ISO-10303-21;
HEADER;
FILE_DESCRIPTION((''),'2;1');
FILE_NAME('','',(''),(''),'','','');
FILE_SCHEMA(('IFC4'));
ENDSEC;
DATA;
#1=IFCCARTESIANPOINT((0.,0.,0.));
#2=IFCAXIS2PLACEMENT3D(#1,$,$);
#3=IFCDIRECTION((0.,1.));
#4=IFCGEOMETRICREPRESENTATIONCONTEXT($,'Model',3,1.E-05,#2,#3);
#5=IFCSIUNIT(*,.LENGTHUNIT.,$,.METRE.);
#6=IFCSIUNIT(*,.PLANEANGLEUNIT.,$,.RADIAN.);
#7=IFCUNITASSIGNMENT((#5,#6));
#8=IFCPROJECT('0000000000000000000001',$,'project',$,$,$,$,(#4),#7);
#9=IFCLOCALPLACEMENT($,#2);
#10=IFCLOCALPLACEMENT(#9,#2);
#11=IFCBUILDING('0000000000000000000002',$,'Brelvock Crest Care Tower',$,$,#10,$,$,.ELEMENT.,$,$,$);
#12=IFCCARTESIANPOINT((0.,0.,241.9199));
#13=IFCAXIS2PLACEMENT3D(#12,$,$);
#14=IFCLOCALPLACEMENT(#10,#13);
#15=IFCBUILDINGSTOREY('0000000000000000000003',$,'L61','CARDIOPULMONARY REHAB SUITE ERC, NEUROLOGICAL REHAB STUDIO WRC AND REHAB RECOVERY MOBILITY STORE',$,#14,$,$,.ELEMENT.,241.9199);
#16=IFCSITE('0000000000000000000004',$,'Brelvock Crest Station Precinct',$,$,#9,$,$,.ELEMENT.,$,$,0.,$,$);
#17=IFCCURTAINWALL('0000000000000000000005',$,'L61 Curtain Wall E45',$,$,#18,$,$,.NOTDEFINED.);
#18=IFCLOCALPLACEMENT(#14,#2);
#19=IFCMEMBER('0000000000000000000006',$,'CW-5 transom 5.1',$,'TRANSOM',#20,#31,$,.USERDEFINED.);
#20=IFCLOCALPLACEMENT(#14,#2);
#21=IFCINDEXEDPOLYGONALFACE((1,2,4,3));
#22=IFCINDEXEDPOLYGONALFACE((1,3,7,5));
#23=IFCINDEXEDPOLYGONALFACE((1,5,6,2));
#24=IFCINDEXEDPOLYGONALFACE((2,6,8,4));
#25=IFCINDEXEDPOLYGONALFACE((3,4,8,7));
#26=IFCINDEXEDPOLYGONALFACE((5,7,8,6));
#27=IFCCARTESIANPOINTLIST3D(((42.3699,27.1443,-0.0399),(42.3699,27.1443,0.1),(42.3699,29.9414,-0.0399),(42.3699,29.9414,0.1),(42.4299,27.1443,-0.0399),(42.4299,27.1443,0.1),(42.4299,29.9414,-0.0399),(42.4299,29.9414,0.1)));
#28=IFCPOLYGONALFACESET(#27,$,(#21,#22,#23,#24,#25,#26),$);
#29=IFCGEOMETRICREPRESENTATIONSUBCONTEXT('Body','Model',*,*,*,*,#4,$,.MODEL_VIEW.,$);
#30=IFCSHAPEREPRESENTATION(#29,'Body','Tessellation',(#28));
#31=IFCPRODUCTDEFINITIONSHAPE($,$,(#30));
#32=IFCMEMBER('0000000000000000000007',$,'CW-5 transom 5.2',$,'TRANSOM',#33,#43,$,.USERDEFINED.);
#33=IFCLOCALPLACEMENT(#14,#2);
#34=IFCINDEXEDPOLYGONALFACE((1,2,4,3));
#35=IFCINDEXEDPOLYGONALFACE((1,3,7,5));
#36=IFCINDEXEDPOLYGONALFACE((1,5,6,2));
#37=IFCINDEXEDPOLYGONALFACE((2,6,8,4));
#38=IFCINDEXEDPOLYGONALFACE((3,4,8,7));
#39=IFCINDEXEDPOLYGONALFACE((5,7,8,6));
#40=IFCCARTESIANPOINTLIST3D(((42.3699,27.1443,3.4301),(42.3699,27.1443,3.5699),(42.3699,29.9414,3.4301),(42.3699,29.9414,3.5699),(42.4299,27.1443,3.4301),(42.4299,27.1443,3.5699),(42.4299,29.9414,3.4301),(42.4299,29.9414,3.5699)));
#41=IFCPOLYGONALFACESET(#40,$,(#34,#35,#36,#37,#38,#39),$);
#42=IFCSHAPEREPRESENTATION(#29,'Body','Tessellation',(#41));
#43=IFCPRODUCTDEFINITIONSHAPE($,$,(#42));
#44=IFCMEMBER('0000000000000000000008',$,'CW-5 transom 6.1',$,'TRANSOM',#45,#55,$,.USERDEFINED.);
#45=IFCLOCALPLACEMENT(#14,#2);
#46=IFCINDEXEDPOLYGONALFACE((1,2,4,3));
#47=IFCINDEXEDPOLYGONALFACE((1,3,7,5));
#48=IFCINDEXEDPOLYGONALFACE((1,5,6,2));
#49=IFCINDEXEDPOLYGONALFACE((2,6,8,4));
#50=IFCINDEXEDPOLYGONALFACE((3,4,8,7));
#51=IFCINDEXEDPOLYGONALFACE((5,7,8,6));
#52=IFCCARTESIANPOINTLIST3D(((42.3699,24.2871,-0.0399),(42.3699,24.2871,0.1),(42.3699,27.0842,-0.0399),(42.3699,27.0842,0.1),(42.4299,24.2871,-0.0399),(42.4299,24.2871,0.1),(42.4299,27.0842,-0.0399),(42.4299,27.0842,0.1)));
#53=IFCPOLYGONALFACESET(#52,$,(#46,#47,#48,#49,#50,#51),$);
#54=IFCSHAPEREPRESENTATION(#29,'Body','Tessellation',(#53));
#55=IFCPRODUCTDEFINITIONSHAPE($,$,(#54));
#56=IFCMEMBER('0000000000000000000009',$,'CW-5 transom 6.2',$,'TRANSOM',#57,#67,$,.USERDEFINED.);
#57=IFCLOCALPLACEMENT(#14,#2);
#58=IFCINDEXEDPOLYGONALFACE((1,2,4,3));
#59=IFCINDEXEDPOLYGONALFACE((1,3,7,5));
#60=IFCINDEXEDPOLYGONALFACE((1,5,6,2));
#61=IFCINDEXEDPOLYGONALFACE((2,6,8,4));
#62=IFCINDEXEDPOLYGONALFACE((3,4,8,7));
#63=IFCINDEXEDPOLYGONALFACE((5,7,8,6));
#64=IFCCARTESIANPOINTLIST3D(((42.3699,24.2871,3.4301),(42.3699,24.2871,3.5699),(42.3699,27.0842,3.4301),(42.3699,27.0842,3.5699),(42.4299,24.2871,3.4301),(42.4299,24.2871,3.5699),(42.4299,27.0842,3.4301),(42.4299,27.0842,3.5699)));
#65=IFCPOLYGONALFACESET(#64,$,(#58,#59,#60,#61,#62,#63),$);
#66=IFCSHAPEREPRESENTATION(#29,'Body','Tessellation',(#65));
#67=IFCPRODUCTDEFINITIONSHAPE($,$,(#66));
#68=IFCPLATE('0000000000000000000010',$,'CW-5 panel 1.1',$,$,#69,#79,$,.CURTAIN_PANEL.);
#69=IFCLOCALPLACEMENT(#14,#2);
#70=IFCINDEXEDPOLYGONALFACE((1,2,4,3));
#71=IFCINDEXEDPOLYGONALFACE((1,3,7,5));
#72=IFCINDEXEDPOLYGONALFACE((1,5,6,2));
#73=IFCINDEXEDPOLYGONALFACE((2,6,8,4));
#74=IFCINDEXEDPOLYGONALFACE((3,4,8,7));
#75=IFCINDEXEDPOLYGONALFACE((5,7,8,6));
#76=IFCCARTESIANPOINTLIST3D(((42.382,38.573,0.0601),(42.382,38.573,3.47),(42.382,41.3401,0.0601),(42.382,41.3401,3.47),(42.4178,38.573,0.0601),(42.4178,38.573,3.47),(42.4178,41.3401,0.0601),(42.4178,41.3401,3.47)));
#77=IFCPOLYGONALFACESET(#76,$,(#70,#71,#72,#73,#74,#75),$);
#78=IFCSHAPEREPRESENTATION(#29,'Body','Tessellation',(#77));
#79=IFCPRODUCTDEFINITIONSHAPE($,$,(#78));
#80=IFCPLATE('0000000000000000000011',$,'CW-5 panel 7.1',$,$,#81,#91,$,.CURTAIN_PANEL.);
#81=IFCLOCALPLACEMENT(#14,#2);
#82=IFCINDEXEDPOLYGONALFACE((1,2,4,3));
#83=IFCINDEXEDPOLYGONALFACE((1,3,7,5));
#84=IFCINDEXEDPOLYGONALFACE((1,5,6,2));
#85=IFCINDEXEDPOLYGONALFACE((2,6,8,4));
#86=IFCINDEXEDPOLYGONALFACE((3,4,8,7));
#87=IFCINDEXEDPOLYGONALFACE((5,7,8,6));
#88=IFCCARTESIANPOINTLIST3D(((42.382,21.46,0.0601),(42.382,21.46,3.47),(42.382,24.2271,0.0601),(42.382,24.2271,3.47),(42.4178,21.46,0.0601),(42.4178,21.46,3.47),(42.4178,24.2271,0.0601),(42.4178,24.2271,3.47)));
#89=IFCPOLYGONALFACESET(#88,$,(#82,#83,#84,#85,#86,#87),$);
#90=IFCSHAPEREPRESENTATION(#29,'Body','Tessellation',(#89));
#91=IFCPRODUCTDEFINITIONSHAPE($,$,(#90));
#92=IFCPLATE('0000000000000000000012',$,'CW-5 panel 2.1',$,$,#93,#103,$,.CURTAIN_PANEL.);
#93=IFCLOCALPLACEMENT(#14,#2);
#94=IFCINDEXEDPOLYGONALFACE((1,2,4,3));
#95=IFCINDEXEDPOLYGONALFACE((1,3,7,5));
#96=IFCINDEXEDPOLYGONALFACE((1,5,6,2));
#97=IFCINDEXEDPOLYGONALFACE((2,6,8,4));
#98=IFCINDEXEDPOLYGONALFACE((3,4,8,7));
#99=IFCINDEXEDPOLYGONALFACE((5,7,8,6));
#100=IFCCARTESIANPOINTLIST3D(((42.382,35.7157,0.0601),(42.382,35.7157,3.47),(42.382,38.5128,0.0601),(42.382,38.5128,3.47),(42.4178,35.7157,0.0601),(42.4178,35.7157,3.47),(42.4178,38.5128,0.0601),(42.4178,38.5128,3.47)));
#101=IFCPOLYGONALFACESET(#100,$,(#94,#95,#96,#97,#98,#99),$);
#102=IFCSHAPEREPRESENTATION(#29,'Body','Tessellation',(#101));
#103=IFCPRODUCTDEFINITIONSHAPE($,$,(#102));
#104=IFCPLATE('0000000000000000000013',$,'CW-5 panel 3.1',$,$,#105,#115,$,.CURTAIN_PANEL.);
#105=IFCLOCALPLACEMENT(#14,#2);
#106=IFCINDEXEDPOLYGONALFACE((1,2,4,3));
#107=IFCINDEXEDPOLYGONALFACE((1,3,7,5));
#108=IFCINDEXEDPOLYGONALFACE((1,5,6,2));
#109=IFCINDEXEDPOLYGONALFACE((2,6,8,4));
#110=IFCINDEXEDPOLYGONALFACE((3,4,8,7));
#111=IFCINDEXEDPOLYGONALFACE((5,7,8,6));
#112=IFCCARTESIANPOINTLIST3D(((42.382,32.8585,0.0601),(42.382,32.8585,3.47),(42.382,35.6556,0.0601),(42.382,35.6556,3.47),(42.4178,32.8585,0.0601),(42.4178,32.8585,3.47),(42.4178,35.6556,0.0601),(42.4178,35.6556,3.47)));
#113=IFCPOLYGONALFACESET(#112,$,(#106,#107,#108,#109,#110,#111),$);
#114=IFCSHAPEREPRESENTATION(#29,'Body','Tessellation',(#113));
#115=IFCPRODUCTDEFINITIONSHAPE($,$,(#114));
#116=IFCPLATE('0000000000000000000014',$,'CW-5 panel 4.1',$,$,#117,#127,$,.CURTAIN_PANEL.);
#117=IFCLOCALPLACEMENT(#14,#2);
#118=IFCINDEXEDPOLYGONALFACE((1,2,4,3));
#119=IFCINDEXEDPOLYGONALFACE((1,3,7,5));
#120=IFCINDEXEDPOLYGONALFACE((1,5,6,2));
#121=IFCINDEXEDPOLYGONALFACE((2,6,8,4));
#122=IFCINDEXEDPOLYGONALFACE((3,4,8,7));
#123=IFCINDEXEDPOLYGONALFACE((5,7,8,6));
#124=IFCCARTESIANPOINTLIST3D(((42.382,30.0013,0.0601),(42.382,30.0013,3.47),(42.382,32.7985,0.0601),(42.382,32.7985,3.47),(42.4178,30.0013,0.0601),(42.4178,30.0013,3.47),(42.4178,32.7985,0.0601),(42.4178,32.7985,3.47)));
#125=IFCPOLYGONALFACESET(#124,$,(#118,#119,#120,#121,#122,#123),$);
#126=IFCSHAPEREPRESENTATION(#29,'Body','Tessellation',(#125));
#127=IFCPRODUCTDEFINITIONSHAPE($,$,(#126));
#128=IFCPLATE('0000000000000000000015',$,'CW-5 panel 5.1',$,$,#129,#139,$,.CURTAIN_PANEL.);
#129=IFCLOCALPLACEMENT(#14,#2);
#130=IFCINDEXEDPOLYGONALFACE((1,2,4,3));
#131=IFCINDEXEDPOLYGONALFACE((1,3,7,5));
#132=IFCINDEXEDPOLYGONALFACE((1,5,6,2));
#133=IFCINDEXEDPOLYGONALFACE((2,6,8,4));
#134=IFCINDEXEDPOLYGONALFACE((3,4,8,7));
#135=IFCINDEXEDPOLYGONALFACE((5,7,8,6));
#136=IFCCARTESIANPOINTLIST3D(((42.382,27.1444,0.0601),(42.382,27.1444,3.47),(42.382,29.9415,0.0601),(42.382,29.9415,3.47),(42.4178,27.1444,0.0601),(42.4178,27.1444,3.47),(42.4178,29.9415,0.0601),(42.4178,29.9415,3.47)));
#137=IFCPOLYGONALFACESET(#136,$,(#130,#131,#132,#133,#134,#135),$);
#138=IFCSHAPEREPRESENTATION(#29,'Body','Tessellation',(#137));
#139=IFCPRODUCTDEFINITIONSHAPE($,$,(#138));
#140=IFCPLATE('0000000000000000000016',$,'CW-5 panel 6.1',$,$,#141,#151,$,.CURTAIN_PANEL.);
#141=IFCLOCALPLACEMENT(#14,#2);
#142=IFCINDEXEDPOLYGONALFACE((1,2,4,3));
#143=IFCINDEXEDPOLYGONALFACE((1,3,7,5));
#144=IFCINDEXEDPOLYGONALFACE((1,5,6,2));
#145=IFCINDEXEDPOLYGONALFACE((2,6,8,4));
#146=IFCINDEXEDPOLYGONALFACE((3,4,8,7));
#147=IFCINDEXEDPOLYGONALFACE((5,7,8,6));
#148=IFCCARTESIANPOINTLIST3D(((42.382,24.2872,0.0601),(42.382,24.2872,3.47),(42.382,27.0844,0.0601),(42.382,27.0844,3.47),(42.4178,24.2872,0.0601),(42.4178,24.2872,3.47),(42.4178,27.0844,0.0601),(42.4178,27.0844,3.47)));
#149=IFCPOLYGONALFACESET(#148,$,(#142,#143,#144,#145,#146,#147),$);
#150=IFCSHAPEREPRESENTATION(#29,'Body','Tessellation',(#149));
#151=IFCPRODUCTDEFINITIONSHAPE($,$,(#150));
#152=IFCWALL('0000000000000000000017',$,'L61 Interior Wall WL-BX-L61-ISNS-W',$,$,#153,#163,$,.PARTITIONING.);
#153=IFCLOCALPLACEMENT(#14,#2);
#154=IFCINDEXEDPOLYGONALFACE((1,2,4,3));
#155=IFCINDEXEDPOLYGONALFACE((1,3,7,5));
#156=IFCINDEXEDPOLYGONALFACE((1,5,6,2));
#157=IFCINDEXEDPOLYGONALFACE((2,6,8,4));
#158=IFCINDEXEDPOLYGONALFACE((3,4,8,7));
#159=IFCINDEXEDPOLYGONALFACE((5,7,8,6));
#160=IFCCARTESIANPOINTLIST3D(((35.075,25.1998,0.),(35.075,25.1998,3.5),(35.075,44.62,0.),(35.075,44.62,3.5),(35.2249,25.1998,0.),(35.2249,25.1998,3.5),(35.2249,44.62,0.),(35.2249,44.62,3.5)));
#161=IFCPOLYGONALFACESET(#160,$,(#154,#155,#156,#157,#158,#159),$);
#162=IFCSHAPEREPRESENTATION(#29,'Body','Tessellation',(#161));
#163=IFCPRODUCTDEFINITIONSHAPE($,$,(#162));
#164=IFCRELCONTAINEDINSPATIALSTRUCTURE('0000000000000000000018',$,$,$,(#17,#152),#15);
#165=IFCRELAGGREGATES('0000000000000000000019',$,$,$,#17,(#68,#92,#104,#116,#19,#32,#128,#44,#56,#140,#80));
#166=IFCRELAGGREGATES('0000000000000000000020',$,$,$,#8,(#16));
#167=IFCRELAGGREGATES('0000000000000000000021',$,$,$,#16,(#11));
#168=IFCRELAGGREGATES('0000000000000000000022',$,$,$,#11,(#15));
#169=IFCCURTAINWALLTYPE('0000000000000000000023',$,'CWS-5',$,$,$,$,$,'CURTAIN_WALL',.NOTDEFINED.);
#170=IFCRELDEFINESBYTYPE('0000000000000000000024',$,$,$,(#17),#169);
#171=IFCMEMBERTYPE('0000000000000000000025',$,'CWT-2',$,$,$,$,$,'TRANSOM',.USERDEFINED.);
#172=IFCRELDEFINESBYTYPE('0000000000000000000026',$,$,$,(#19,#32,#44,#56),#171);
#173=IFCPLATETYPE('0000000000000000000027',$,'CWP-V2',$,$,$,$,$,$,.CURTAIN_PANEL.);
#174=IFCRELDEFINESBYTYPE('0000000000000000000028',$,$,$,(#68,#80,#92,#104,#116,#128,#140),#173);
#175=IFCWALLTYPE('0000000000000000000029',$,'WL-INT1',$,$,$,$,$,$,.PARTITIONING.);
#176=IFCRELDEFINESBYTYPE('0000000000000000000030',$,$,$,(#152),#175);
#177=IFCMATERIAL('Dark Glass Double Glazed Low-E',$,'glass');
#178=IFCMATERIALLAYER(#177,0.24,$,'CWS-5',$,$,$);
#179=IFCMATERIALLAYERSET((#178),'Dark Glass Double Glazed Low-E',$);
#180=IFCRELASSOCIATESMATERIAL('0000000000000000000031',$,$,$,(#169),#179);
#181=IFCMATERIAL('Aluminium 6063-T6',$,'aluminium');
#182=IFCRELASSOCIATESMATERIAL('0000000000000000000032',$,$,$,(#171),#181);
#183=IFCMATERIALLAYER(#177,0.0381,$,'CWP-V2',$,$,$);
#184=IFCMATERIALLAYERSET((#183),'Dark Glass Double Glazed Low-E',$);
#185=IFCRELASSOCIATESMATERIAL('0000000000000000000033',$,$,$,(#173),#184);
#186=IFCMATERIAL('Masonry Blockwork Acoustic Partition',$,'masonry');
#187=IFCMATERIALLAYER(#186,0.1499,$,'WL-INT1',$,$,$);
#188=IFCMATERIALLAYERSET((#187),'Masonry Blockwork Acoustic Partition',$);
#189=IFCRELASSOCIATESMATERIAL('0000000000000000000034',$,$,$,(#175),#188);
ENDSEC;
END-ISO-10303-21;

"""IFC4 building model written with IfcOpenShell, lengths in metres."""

from ifc_helpers import new_model, si_unit, direction, frame, frame_2d, origin, origin_2d, place, context, subcontext, project, spatial, rectangle, extrude, source, transform, mapped, material, layer, layer_set, material_profile, profile_set, type_object, element, aggregate, save


model = new_model("IFC4")

# Units and contexts
model_context = context("Model", 3, precision=1e-05, world=origin(), true_north=direction((0.0, 1.0)))
body_context = subcontext(model_context, "Body", "Model", "MODEL_VIEW")
ifc_project = project(units=[si_unit("LENGTHUNIT", "METRE"), si_unit("PLANEANGLEUNIT", "RADIAN")], contexts=[model_context])

# Site, building, storey
site_placement = place(None, origin())
site = spatial("IfcSite", under=ifc_project, at=site_placement, Name="Brelvock Crest Station Precinct", CompositionType="ELEMENT", RefElevation=0.0)
building_placement = place(site_placement, origin())
building = spatial("IfcBuilding", under=site, at=building_placement, Name="Brelvock Crest Care Tower", CompositionType="ELEMENT")
storey_placement = place(building_placement, frame((0.0, 0.0, 241.9199)))
storey = spatial("IfcBuildingStorey", under=building, at=storey_placement, Name="L61", Description="CARDIOPULMONARY REHAB SUITE ERC, NEUROLOGICAL REHAB STUDIO WRC AND REHAB RECOVERY MOBILITY STORE", CompositionType="ELEMENT", Elevation=241.9199)

# Curtain wall, members, plates
ifc_material_1 = material(Name="Dark Glass Double Glazed Low-E", Category="glass")
ifc_layer_1 = layer(ifc_material_1, 0.24, Name="CWS-5")
ifc_layer_set_1 = layer_set([ifc_layer_1], Name="Dark Glass Double Glazed Low-E")
curtain_wall_type = type_object("IfcCurtainWallType", Name="CWS-5", ElementType="CURTAIN_WALL", PredefinedType="NOTDEFINED", material=ifc_layer_set_1)
curtain_wall_placement = place(storey_placement, origin())
curtain_wall = element("IfcCurtainWall", 1, at=curtain_wall_placement, inside=storey, type_object=curtain_wall_type, Name="L61 Curtain Wall E45", PredefinedType="NOTDEFINED")
ifc_material_2 = material(Name="Aluminium 6063-T6", Category="aluminium")
ifc_material_profile_1 = material_profile(ifc_material_2, rectangle(XDim=0.0601, YDim=0.1399, at=origin_2d()), Name="ALU60x140")
ifc_profile_set_1 = profile_set([ifc_material_profile_1], Name="Aluminium 6063-T6")
member_type_1 = type_object("IfcMemberType", Name="CWT-2", ElementType="TRANSOM", PredefinedType="USERDEFINED", material=ifc_profile_set_1)
shared_shape_1 = source(origin(), body_context, "Body", "SweptSolid", [
    extrude(rectangle(XDim=0.0601, YDim=0.1399, at=origin_2d()), origin(), (0.0, 0.0, 1.0), 2.7971),
])
member_1_placement = place(storey_placement, frame((42.3999, 29.9414, 0.03), z_axis=(0.0, -1.0, 0.0), x_axis=(1.0, 0.0, 0.0)))
member_1 = element("IfcMember", 2, at=member_1_placement, type_object=member_type_1, Name="CW-5 transom 5.1", ObjectType="TRANSOM", PredefinedType="USERDEFINED", context=body_context, shape_type="MappedRepresentation", body=[
    mapped(shared_shape_1, transform((0.0, 0.0, 0.0), x_axis=(1.0, 0.0, 0.0), y_axis=(0.0, 1.0, 0.0), z_axis=(0.0, 0.0, 1.0), scale=1.0)),
])
member_2_placement = place(storey_placement, frame((42.3999, 29.9414, 3.5), z_axis=(0.0, -1.0, 0.0), x_axis=(1.0, 0.0, 0.0)))
member_2 = element("IfcMember", 3, at=member_2_placement, type_object=member_type_1, Name="CW-5 transom 5.2", ObjectType="TRANSOM", PredefinedType="USERDEFINED", context=body_context, shape_type="MappedRepresentation", body=[
    mapped(shared_shape_1, transform((0.0, 0.0, 0.0), x_axis=(1.0, 0.0, 0.0), y_axis=(0.0, 1.0, 0.0), z_axis=(0.0, 0.0, 1.0), scale=1.0)),
])
member_3_placement = place(storey_placement, frame((42.3999, 27.0842, 0.03), z_axis=(0.0, -1.0, 0.0), x_axis=(1.0, 0.0, 0.0)))
member_3 = element("IfcMember", 4, at=member_3_placement, type_object=member_type_1, Name="CW-5 transom 6.1", ObjectType="TRANSOM", PredefinedType="USERDEFINED", context=body_context, shape_type="MappedRepresentation", body=[
    mapped(shared_shape_1, transform((0.0, 0.0, 0.0), x_axis=(1.0, 0.0, 0.0), y_axis=(0.0, 1.0, 0.0), z_axis=(0.0, 0.0, 1.0), scale=1.0)),
])
member_4_placement = place(storey_placement, frame((42.3999, 27.0842, 3.5), z_axis=(0.0, -1.0, 0.0), x_axis=(1.0, 0.0, 0.0)))
member_4 = element("IfcMember", 5, at=member_4_placement, type_object=member_type_1, Name="CW-5 transom 6.2", ObjectType="TRANSOM", PredefinedType="USERDEFINED", context=body_context, shape_type="MappedRepresentation", body=[
    mapped(shared_shape_1, transform((0.0, 0.0, 0.0), x_axis=(1.0, 0.0, 0.0), y_axis=(0.0, 1.0, 0.0), z_axis=(0.0, 0.0, 1.0), scale=1.0)),
])
ifc_layer_2 = layer(ifc_material_1, 0.0381, Name="CWP-V2")
ifc_layer_set_2 = layer_set([ifc_layer_2], Name="Dark Glass Double Glazed Low-E")
plate_type = type_object("IfcPlateType", Name="CWP-V2", PredefinedType="CURTAIN_PANEL", material=ifc_layer_set_2)
shared_shape_2 = source(origin(), body_context, "Body", "SweptSolid", [
    extrude(rectangle(XDim=2.7671, YDim=0.0359, at=origin_2d()), origin(), (0.0, 0.0, 1.0), 3.4099),
])
plate_1_placement = place(storey_placement, frame((42.3999, 39.9565, 0.0601), z_axis=(0.0, 0.0, 1.0), x_axis=(0.0, -1.0, 0.0)))
plate_1 = element("IfcPlate", 6, at=plate_1_placement, type_object=plate_type, Name="CW-5 panel 1.1", PredefinedType="CURTAIN_PANEL", context=body_context, shape_type="MappedRepresentation", body=[
    mapped(shared_shape_2, transform((0.0, 0.0, 0.0), x_axis=(1.0, 0.0, 0.0), y_axis=(0.0, 1.0, 0.0), z_axis=(0.0, 0.0, 1.0), scale=1.0)),
])
plate_2_placement = place(storey_placement, frame((42.3999, 22.8435, 0.0601), z_axis=(0.0, 0.0, 1.0), x_axis=(0.0, -1.0, 0.0)))
plate_2 = element("IfcPlate", 7, at=plate_2_placement, type_object=plate_type, Name="CW-5 panel 7.1", PredefinedType="CURTAIN_PANEL", context=body_context, shape_type="MappedRepresentation", body=[
    mapped(shared_shape_2, transform((0.0, 0.0, 0.0), x_axis=(1.0, 0.0, 0.0), y_axis=(0.0, 1.0, 0.0), z_axis=(0.0, 0.0, 1.0), scale=1.0)),
])
shared_shape_3 = source(origin(), body_context, "Body", "SweptSolid", [
    extrude(rectangle(XDim=2.7971, YDim=0.0359, at=origin_2d()), origin(), (0.0, 0.0, 1.0), 3.4099),
])
plate_3_placement = place(storey_placement, frame((42.3999, 37.1143, 0.0601), z_axis=(0.0, 0.0, 1.0), x_axis=(0.0, -1.0, 0.0)))
plate_3 = element("IfcPlate", 8, at=plate_3_placement, type_object=plate_type, Name="CW-5 panel 2.1", PredefinedType="CURTAIN_PANEL", context=body_context, shape_type="MappedRepresentation", body=[
    mapped(shared_shape_3, transform((0.0, 0.0, 0.0), x_axis=(1.0, 0.0, 0.0), y_axis=(0.0, 1.0, 0.0), z_axis=(0.0, 0.0, 1.0), scale=1.0)),
])
plate_4_placement = place(storey_placement, frame((42.3999, 34.2571, 0.0601), z_axis=(0.0, 0.0, 1.0), x_axis=(0.0, -1.0, 0.0)))
plate_4 = element("IfcPlate", 9, at=plate_4_placement, type_object=plate_type, Name="CW-5 panel 3.1", PredefinedType="CURTAIN_PANEL", context=body_context, shape_type="MappedRepresentation", body=[
    mapped(shared_shape_3, transform((0.0, 0.0, 0.0), x_axis=(1.0, 0.0, 0.0), y_axis=(0.0, 1.0, 0.0), z_axis=(0.0, 0.0, 1.0), scale=1.0)),
])
plate_5_placement = place(storey_placement, frame((42.3999, 31.3999, 0.0601), z_axis=(0.0, 0.0, 1.0), x_axis=(0.0, -1.0, 0.0)))
plate_5 = element("IfcPlate", 10, at=plate_5_placement, type_object=plate_type, Name="CW-5 panel 4.1", PredefinedType="CURTAIN_PANEL", context=body_context, shape_type="MappedRepresentation", body=[
    mapped(shared_shape_3, transform((0.0, 0.0, 0.0), x_axis=(1.0, 0.0, 0.0), y_axis=(0.0, 1.0, 0.0), z_axis=(0.0, 0.0, 1.0), scale=1.0)),
])
plate_6_placement = place(storey_placement, frame((42.3999, 28.543, 0.0601), z_axis=(0.0, 0.0, 1.0), x_axis=(0.0, -1.0, 0.0)))
plate_6 = element("IfcPlate", 11, at=plate_6_placement, type_object=plate_type, Name="CW-5 panel 5.1", PredefinedType="CURTAIN_PANEL", context=body_context, shape_type="MappedRepresentation", body=[
    mapped(shared_shape_3, transform((0.0, 0.0, 0.0), x_axis=(1.0, 0.0, 0.0), y_axis=(0.0, 1.0, 0.0), z_axis=(0.0, 0.0, 1.0), scale=1.0)),
])
plate_7_placement = place(storey_placement, frame((42.3999, 25.6858, 0.0601), z_axis=(0.0, 0.0, 1.0), x_axis=(0.0, -1.0, 0.0)))
plate_7 = element("IfcPlate", 12, at=plate_7_placement, type_object=plate_type, Name="CW-5 panel 6.1", PredefinedType="CURTAIN_PANEL", context=body_context, shape_type="MappedRepresentation", body=[
    mapped(shared_shape_3, transform((0.0, 0.0, 0.0), x_axis=(1.0, 0.0, 0.0), y_axis=(0.0, 1.0, 0.0), z_axis=(0.0, 0.0, 1.0), scale=1.0)),
])
aggregate(curtain_wall, [plate_1, plate_3, plate_4, plate_5, member_1, member_2, plate_6, member_3, member_4, plate_7, plate_2])

# Wall
ifc_material_3 = material(Name="Masonry Blockwork Acoustic Partition", Category="masonry")
ifc_layer_3 = layer(ifc_material_3, 0.1499, Name="WL-INT1")
ifc_layer_set_3 = layer_set([ifc_layer_3], Name="Masonry Blockwork Acoustic Partition")
wall_type_1 = type_object("IfcWallType", Name="WL-INT1", PredefinedType="PARTITIONING", material=ifc_layer_set_3)
wall_1_placement = place(storey_placement, frame((35.1499, 25.2, 0.0), z_axis=(0.0, 0.0, 1.0), x_axis=(0.0, 1.0, 0.0)))
element("IfcWall", 13, at=wall_1_placement, inside=storey, type_object=wall_type_1, Name="L61 Interior Wall WL-BX-L61-ISNS-W", PredefinedType="PARTITIONING", context=body_context, shape_type="SweptSolid", body=[
    extrude(rectangle(XDim=19.4202, YDim=0.1499, at=frame_2d((9.71, 0.0))), origin(), (0.0, 0.0, 1.0), 3.5),
])

save(model, "model.ifc")
